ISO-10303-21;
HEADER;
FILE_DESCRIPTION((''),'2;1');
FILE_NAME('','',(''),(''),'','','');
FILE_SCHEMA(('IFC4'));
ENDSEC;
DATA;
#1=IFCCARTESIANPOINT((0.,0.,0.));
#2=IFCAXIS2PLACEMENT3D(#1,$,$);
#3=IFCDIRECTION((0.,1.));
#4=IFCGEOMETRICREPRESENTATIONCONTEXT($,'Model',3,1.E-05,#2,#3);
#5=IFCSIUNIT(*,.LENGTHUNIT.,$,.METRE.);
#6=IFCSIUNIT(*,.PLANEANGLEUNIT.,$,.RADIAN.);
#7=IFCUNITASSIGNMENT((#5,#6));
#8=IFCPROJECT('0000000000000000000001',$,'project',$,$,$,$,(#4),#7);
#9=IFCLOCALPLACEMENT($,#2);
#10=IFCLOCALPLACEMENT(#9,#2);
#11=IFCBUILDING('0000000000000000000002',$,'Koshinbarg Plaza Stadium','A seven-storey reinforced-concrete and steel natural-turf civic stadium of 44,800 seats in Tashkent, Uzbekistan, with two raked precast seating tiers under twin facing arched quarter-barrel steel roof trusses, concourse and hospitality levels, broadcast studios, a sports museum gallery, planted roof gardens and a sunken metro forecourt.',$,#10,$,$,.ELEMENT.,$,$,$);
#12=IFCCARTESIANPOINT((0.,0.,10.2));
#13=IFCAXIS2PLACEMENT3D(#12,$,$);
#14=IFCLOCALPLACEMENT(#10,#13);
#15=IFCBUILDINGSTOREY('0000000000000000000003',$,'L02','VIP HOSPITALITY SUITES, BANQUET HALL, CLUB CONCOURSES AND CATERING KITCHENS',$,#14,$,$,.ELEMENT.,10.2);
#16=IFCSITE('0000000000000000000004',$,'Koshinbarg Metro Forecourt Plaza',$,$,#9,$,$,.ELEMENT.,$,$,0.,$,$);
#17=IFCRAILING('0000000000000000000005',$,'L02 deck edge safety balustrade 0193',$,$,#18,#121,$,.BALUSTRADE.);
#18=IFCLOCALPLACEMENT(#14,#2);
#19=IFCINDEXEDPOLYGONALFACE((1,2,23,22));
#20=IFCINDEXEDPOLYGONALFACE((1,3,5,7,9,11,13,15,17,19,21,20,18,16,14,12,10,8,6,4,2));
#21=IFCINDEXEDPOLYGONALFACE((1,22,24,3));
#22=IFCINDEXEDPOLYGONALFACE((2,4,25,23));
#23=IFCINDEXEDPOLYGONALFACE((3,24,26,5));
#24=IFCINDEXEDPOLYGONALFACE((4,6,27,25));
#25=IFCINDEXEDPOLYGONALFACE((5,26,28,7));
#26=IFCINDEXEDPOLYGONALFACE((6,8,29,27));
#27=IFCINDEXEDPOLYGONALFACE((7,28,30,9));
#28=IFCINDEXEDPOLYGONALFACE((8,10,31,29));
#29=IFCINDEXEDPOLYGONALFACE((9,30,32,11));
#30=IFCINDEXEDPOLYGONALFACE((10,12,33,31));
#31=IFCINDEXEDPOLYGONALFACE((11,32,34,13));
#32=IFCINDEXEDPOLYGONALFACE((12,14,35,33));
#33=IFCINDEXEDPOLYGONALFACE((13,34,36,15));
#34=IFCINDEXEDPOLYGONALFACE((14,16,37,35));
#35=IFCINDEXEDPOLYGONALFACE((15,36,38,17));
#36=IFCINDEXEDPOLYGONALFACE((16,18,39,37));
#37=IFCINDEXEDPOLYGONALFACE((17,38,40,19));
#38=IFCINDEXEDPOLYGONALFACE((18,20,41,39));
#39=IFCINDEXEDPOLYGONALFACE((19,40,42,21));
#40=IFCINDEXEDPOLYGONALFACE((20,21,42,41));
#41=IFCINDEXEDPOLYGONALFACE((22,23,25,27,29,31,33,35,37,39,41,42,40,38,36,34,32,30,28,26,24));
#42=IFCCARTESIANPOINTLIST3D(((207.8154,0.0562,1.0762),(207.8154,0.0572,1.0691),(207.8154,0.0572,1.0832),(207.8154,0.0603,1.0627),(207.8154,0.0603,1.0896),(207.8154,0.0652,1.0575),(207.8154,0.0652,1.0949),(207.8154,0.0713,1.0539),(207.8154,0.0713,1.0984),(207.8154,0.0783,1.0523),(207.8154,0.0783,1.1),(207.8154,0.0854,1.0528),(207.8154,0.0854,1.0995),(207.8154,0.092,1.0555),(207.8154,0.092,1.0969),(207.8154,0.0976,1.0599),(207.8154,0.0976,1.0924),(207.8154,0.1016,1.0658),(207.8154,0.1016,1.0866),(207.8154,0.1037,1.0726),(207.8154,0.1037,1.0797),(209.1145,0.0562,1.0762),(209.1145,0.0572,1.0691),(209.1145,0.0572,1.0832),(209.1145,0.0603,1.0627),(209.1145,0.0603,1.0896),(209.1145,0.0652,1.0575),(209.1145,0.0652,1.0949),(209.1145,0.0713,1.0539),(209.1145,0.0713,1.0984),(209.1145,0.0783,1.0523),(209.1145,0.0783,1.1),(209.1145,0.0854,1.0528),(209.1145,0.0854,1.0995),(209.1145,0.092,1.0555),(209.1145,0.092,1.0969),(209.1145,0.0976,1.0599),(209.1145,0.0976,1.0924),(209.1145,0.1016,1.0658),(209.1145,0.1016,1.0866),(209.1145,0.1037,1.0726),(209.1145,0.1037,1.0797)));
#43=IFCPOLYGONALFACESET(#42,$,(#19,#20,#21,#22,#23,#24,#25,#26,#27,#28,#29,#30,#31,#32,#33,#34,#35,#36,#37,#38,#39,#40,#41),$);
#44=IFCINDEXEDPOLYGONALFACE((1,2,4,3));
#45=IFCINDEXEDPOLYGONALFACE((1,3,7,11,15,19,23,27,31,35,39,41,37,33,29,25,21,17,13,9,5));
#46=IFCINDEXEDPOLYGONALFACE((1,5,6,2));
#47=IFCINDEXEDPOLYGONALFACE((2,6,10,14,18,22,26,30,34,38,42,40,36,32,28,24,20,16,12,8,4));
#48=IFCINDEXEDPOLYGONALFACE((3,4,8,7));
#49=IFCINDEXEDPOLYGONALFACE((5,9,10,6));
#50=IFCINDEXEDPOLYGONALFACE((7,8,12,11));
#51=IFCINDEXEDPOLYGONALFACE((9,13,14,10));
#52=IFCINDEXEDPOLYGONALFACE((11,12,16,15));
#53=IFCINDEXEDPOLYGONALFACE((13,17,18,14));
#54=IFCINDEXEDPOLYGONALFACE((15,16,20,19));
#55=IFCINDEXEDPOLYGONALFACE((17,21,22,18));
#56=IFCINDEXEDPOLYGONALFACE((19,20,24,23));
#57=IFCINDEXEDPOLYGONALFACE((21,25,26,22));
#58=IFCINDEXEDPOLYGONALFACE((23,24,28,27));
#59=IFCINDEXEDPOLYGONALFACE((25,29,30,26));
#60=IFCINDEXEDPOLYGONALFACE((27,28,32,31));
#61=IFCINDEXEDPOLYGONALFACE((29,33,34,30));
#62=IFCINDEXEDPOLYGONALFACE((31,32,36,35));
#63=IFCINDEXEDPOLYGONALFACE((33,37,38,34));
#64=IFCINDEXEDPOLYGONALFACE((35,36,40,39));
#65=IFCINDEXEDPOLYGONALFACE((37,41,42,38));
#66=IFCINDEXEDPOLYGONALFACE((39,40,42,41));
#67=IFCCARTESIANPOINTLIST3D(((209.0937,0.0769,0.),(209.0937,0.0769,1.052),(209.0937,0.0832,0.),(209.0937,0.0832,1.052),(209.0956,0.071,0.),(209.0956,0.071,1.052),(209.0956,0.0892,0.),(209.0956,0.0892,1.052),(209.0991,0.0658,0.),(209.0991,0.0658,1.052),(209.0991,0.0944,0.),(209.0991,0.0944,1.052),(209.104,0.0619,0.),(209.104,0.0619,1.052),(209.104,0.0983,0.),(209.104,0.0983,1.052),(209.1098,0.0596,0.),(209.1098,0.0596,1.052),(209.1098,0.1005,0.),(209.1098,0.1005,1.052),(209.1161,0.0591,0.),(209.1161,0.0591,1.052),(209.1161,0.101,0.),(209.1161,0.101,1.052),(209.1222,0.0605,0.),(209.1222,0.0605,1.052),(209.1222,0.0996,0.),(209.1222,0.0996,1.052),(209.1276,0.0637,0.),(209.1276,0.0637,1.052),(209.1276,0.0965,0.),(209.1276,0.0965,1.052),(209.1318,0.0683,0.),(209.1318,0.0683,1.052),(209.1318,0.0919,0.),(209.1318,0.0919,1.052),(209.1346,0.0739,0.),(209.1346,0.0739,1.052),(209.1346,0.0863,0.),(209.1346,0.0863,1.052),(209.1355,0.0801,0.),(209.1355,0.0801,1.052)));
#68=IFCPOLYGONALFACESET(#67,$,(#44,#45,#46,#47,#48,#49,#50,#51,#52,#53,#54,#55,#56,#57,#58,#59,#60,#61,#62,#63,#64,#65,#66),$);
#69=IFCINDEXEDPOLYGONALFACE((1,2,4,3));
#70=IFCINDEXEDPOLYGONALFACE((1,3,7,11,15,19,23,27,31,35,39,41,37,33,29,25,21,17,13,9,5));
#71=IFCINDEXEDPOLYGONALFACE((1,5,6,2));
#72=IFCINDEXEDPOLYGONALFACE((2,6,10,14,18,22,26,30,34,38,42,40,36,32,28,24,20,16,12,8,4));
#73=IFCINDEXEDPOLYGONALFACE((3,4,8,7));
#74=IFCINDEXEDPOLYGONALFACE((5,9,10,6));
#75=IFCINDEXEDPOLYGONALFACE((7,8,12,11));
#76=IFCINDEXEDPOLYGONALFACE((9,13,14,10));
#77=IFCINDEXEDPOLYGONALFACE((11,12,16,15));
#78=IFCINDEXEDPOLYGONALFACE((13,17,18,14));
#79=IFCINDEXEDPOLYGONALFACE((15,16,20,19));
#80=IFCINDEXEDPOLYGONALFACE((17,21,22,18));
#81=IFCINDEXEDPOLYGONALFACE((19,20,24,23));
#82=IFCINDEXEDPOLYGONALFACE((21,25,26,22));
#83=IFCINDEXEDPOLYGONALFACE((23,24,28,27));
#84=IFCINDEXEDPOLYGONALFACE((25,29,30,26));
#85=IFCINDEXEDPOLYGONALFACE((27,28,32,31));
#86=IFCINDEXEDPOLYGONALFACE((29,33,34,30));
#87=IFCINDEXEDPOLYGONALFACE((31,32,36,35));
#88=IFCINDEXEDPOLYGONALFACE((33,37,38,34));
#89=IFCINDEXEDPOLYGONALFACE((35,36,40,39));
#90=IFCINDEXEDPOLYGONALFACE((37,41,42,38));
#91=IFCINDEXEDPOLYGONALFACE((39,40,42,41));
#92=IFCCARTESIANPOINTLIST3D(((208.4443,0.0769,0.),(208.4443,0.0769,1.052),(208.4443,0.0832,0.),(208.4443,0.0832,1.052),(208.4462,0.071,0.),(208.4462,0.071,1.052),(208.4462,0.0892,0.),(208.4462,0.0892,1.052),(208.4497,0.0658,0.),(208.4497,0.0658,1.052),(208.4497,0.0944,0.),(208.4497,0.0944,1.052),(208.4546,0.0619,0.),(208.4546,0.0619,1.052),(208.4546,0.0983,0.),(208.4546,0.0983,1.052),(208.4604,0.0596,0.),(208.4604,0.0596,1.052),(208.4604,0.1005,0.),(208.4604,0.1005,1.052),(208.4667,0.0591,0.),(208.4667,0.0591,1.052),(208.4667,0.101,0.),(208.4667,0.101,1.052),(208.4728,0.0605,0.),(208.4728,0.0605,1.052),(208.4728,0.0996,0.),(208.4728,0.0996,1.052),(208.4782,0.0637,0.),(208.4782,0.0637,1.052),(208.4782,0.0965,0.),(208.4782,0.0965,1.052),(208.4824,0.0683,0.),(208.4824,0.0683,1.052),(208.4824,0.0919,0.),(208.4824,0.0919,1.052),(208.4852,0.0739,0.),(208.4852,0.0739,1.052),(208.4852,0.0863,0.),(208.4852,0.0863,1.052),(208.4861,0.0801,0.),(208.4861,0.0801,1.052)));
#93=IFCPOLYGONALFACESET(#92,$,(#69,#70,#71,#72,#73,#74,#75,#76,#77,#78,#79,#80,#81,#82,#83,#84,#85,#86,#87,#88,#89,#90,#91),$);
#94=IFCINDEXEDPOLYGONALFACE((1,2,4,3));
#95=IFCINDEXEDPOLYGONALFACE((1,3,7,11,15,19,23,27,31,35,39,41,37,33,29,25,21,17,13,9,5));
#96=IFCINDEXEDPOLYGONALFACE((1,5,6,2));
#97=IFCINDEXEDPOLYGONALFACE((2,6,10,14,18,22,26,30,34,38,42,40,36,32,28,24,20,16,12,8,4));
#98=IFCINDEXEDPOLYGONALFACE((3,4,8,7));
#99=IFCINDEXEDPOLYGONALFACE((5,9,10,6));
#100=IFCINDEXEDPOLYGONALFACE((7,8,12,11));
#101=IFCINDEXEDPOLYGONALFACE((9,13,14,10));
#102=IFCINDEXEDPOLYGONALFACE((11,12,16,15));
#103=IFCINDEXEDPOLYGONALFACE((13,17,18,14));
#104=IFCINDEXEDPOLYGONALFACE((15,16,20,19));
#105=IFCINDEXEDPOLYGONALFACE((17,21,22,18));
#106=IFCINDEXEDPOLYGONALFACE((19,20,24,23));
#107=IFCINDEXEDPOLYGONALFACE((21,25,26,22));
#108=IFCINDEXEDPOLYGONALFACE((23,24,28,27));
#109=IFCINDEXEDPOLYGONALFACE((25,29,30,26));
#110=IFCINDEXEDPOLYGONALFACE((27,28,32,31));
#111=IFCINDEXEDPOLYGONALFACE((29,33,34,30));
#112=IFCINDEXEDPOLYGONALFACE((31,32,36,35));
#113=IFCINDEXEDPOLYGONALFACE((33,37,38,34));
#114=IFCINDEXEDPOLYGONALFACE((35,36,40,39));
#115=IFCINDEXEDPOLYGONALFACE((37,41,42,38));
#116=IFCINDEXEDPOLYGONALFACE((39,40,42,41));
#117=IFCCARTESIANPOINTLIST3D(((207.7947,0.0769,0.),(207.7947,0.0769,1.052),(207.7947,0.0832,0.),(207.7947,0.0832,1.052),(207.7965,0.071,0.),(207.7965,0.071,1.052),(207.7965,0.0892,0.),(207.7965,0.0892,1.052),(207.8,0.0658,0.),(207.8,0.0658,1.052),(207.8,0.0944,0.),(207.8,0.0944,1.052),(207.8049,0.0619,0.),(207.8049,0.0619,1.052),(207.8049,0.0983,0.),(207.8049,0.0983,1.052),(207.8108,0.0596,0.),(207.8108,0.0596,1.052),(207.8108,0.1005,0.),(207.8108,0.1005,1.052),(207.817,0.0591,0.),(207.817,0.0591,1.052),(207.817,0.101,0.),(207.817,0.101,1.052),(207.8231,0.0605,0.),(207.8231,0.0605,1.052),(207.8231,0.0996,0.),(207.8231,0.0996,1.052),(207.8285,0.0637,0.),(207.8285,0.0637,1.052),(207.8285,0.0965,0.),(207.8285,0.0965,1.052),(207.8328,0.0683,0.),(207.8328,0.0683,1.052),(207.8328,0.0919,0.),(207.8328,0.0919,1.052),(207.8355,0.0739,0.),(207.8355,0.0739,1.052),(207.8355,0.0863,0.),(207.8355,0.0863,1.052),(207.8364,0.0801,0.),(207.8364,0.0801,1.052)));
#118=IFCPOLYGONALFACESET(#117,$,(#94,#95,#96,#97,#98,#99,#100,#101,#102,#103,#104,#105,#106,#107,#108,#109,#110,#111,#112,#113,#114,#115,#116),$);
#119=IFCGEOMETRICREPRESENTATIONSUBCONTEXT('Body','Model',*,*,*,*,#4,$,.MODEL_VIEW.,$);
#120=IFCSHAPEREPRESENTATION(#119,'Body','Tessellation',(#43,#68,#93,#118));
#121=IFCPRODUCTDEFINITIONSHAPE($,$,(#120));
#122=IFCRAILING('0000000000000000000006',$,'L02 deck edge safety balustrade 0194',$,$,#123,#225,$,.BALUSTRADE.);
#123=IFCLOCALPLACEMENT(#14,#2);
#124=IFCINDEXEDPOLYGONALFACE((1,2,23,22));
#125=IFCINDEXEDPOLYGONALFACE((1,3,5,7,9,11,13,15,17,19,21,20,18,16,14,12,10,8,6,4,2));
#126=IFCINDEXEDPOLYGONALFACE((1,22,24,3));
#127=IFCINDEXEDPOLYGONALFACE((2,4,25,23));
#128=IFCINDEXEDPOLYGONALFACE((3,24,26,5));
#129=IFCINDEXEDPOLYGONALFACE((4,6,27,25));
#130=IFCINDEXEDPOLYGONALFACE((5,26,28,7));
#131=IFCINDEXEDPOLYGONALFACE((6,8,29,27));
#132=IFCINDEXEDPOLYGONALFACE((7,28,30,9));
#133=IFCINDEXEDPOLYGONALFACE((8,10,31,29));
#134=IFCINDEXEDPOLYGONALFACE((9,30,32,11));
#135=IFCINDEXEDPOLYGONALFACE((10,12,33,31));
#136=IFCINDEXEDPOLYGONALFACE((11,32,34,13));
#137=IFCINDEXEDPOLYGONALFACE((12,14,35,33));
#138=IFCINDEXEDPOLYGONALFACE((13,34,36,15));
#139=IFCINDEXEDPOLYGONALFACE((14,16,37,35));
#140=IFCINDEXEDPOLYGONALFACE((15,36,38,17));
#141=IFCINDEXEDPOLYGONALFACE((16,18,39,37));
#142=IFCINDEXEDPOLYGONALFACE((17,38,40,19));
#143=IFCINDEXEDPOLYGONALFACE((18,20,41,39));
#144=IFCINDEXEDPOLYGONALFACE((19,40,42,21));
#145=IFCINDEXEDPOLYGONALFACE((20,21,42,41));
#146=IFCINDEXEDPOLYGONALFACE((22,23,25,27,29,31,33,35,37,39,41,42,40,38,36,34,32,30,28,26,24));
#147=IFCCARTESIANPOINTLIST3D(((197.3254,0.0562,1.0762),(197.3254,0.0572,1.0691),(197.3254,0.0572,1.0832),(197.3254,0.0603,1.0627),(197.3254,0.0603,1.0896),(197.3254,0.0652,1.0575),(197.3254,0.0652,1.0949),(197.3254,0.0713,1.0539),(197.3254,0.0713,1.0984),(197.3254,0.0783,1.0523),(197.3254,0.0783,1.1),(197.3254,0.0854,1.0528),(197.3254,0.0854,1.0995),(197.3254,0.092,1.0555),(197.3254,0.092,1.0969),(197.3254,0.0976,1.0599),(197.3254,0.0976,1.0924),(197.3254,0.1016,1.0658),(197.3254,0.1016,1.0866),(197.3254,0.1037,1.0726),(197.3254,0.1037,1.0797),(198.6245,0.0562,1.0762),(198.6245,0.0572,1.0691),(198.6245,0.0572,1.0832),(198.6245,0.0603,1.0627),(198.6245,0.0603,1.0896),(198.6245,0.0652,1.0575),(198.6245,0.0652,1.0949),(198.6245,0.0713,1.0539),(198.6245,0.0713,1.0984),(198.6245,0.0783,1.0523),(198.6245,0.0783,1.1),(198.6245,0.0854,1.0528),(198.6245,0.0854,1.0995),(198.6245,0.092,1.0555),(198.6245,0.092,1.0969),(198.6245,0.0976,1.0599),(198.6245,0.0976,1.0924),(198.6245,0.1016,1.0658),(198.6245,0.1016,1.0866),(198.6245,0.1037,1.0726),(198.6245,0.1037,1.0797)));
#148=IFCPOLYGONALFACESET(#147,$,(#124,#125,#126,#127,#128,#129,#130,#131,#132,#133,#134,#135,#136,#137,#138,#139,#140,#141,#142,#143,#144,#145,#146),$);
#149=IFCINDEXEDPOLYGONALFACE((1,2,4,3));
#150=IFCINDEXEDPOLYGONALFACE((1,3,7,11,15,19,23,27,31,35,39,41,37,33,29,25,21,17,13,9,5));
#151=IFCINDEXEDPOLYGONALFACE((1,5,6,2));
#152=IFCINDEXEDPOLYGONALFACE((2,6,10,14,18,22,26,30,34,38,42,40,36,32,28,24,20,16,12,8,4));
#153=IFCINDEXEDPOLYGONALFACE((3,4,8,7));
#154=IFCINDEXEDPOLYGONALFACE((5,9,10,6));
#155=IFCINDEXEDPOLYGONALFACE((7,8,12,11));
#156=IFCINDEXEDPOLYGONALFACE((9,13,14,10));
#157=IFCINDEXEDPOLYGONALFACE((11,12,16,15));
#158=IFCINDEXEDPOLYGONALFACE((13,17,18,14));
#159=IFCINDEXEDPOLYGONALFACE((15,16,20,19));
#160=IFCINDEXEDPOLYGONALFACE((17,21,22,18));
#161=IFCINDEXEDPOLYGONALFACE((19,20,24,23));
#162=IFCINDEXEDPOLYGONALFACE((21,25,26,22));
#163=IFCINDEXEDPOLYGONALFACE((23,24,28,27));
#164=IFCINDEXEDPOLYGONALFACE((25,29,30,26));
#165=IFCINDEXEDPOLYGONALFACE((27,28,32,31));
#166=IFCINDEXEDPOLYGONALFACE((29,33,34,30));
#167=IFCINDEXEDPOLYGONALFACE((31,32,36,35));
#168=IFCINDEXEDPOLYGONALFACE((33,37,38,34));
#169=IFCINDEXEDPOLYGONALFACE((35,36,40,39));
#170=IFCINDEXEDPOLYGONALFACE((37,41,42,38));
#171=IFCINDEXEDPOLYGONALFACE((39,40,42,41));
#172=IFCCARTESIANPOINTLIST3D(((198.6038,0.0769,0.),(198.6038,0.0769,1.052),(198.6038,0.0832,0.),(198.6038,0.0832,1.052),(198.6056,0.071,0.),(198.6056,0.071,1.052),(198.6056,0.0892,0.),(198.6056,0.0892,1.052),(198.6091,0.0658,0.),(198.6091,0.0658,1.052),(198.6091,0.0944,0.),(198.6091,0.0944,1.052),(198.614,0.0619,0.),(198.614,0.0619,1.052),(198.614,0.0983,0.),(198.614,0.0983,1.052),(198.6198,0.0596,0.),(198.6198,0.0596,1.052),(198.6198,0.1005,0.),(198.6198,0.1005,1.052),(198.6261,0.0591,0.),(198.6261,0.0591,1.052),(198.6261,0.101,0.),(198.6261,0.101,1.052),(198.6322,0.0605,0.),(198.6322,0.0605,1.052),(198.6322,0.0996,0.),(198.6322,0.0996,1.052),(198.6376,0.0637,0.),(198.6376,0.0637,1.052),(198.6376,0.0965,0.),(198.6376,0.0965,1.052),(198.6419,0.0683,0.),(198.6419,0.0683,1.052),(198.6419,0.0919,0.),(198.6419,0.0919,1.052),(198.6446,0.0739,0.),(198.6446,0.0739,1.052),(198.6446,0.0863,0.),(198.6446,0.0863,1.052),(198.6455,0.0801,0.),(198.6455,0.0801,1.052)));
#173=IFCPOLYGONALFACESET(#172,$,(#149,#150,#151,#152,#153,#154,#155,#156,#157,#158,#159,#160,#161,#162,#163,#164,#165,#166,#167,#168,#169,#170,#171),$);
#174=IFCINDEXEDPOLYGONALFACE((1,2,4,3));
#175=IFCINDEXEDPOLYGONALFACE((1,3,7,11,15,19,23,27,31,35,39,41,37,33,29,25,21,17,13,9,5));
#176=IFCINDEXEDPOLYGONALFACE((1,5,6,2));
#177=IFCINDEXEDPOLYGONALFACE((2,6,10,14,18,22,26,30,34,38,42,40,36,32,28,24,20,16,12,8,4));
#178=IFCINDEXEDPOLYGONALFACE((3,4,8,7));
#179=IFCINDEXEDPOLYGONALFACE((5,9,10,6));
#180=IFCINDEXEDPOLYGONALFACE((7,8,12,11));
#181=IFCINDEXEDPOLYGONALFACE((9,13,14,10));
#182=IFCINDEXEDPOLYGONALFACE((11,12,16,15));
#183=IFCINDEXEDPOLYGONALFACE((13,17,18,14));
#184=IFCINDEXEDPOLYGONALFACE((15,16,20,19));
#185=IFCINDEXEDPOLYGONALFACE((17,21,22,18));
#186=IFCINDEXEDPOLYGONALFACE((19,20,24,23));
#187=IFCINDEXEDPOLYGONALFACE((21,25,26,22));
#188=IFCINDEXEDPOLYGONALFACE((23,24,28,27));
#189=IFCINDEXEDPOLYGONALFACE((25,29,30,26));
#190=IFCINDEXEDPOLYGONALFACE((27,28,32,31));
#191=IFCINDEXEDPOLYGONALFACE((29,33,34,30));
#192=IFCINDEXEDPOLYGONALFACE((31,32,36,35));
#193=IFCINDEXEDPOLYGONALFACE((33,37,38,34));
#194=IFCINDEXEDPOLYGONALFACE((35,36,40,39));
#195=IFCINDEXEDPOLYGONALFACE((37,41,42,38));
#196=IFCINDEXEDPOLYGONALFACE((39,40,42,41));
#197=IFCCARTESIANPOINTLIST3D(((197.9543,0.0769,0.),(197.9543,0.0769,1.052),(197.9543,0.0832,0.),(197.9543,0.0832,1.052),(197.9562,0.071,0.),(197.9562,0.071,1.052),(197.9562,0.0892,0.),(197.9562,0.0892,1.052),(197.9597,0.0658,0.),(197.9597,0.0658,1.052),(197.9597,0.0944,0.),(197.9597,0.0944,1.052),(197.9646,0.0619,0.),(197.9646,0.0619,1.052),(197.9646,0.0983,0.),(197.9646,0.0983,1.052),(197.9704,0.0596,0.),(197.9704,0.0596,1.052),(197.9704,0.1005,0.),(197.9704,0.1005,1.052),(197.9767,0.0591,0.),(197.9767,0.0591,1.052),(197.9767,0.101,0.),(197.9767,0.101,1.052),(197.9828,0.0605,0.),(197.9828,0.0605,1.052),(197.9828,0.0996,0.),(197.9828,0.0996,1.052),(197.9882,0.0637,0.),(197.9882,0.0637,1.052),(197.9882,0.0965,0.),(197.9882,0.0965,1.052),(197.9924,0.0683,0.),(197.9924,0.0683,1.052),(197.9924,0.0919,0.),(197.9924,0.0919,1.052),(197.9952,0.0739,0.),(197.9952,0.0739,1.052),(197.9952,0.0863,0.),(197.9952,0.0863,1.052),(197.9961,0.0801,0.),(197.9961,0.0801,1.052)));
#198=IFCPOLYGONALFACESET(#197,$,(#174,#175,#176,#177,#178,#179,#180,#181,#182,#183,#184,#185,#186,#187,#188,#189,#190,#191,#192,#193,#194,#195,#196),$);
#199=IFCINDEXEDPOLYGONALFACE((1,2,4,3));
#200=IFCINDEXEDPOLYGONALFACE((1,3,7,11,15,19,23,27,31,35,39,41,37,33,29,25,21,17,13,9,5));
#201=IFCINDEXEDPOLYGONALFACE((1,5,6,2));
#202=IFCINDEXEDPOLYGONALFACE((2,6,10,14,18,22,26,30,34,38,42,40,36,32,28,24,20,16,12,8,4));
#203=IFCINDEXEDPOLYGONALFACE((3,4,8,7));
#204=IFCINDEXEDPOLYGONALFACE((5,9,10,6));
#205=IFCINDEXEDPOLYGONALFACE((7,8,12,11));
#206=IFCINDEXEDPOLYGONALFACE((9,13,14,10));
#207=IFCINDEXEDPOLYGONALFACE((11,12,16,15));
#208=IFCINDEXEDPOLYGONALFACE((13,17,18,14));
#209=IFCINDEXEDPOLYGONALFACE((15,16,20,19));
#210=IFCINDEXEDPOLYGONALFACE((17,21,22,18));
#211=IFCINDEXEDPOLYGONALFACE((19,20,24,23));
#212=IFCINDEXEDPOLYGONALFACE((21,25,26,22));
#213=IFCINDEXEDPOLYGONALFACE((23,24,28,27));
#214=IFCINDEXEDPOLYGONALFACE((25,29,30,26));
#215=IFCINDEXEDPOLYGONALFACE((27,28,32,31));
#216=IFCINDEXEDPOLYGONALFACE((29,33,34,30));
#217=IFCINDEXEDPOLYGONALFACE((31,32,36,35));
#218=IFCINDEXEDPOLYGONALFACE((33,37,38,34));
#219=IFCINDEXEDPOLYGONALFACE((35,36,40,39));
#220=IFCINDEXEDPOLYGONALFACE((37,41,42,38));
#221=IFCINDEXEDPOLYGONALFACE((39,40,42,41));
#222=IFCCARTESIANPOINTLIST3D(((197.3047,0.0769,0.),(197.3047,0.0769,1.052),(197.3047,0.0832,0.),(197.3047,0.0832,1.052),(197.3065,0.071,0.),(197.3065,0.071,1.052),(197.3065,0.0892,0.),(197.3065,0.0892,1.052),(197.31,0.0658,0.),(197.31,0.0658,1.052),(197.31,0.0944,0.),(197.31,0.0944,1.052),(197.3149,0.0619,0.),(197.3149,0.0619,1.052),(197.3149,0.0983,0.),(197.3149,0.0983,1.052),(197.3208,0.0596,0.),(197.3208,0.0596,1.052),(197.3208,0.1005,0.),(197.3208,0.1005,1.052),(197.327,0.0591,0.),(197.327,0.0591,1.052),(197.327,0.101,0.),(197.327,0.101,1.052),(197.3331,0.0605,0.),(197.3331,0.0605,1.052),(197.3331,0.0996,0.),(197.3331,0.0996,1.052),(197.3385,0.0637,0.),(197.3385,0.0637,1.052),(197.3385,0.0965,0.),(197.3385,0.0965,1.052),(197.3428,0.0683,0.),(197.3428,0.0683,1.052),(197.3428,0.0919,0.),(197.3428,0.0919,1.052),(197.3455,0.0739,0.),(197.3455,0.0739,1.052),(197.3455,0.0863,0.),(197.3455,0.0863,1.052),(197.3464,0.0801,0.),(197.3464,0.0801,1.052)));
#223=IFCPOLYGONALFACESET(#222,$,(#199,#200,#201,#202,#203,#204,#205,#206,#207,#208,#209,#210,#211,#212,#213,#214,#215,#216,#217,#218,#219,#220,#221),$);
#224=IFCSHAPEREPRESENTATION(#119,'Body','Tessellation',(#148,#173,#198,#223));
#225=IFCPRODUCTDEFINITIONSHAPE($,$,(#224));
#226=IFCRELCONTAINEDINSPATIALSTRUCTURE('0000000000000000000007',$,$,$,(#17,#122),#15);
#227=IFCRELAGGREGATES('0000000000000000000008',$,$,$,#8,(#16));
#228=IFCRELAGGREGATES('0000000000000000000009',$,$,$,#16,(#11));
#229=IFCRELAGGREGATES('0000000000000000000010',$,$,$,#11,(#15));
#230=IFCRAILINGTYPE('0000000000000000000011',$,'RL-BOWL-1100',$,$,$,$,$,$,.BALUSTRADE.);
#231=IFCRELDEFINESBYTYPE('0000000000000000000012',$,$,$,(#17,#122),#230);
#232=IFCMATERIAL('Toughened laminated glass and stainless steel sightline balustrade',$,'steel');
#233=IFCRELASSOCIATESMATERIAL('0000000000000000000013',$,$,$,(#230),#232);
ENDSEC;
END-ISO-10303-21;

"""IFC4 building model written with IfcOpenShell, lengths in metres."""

from ifc_helpers import new_model, si_unit, direction, frame, origin, origin_2d, place, context, subcontext, project, spatial, circle, extrude, material, type_object, element, save


model = new_model("IFC4")

# Units and contexts
model_context = context("Model", 3, precision=1e-05, world=origin(), true_north=direction((0.0, 1.0)))
body_context = subcontext(model_context, "Body", "Model", "MODEL_VIEW")
ifc_project = project(units=[si_unit("LENGTHUNIT", "METRE"), si_unit("PLANEANGLEUNIT", "RADIAN")], contexts=[model_context])

# Site, building, storey
site_placement = place(None, origin())
site = spatial("IfcSite", under=ifc_project, at=site_placement, Name="Koshinbarg Metro Forecourt Plaza", CompositionType="ELEMENT", RefElevation=0.0)
building_placement = place(site_placement, origin())
building = spatial("IfcBuilding", under=site, at=building_placement, Name="Koshinbarg Plaza Stadium", Description="A seven-storey reinforced-concrete and steel natural-turf civic stadium of 44,800 seats in Tashkent, Uzbekistan, with two raked precast seating tiers under twin facing arched quarter-barrel steel roof trusses, concourse and hospitality levels, broadcast studios, a sports museum gallery, planted roof gardens and a sunken metro forecourt.", CompositionType="ELEMENT")
storey_placement = place(building_placement, frame((0.0, 0.0, 10.2)))
storey = spatial("IfcBuildingStorey", under=building, at=storey_placement, Name="L02", Description="VIP HOSPITALITY SUITES, BANQUET HALL, CLUB CONCOURSES AND CATERING KITCHENS", CompositionType="ELEMENT", Elevation=10.2)

# Railings
ifc_material_1 = material(Name="Toughened laminated glass and stainless steel sightline balustrade", Category="steel")
railing_type = type_object("IfcRailingType", Name="RL-BOWL-1100", PredefinedType="BALUSTRADE", material=ifc_material_1)
for number, where, name in (
    (1, (209.1145, 0.0801, 0.0), "L02 deck edge safety balustrade 0193"),
    (2, (198.6245, 0.0801, 0.0), "L02 deck edge safety balustrade 0194"),
):
    element("IfcRailing", number, at=place(storey_placement, frame(where)), inside=storey, type_object=railing_type, Name=name, PredefinedType="BALUSTRADE", context=body_context, shape_type="SweptSolid", body=[
        extrude(circle(Radius=0.0239, at=origin_2d()), frame((0.0, 0.0, 1.0762), z_axis=(-1.0, 0.0, 0.0), x_axis=(0.0, -1.0, 0.0)), (0.0, 0.0, 1.0), 1.2991),
        extrude(circle(Radius=0.021, at=origin_2d()), origin(), (0.0, 0.0, 1.0), 1.052),
        extrude(circle(Radius=0.021, at=origin_2d()), frame((-0.6494, 0.0, 0.0)), (0.0, 0.0, 1.0), 1.052),
        extrude(circle(Radius=0.021, at=origin_2d()), frame((-1.2991, 0.0, 0.0)), (0.0, 0.0, 1.0), 1.052),
    ])

save(model, "model.ifc")
